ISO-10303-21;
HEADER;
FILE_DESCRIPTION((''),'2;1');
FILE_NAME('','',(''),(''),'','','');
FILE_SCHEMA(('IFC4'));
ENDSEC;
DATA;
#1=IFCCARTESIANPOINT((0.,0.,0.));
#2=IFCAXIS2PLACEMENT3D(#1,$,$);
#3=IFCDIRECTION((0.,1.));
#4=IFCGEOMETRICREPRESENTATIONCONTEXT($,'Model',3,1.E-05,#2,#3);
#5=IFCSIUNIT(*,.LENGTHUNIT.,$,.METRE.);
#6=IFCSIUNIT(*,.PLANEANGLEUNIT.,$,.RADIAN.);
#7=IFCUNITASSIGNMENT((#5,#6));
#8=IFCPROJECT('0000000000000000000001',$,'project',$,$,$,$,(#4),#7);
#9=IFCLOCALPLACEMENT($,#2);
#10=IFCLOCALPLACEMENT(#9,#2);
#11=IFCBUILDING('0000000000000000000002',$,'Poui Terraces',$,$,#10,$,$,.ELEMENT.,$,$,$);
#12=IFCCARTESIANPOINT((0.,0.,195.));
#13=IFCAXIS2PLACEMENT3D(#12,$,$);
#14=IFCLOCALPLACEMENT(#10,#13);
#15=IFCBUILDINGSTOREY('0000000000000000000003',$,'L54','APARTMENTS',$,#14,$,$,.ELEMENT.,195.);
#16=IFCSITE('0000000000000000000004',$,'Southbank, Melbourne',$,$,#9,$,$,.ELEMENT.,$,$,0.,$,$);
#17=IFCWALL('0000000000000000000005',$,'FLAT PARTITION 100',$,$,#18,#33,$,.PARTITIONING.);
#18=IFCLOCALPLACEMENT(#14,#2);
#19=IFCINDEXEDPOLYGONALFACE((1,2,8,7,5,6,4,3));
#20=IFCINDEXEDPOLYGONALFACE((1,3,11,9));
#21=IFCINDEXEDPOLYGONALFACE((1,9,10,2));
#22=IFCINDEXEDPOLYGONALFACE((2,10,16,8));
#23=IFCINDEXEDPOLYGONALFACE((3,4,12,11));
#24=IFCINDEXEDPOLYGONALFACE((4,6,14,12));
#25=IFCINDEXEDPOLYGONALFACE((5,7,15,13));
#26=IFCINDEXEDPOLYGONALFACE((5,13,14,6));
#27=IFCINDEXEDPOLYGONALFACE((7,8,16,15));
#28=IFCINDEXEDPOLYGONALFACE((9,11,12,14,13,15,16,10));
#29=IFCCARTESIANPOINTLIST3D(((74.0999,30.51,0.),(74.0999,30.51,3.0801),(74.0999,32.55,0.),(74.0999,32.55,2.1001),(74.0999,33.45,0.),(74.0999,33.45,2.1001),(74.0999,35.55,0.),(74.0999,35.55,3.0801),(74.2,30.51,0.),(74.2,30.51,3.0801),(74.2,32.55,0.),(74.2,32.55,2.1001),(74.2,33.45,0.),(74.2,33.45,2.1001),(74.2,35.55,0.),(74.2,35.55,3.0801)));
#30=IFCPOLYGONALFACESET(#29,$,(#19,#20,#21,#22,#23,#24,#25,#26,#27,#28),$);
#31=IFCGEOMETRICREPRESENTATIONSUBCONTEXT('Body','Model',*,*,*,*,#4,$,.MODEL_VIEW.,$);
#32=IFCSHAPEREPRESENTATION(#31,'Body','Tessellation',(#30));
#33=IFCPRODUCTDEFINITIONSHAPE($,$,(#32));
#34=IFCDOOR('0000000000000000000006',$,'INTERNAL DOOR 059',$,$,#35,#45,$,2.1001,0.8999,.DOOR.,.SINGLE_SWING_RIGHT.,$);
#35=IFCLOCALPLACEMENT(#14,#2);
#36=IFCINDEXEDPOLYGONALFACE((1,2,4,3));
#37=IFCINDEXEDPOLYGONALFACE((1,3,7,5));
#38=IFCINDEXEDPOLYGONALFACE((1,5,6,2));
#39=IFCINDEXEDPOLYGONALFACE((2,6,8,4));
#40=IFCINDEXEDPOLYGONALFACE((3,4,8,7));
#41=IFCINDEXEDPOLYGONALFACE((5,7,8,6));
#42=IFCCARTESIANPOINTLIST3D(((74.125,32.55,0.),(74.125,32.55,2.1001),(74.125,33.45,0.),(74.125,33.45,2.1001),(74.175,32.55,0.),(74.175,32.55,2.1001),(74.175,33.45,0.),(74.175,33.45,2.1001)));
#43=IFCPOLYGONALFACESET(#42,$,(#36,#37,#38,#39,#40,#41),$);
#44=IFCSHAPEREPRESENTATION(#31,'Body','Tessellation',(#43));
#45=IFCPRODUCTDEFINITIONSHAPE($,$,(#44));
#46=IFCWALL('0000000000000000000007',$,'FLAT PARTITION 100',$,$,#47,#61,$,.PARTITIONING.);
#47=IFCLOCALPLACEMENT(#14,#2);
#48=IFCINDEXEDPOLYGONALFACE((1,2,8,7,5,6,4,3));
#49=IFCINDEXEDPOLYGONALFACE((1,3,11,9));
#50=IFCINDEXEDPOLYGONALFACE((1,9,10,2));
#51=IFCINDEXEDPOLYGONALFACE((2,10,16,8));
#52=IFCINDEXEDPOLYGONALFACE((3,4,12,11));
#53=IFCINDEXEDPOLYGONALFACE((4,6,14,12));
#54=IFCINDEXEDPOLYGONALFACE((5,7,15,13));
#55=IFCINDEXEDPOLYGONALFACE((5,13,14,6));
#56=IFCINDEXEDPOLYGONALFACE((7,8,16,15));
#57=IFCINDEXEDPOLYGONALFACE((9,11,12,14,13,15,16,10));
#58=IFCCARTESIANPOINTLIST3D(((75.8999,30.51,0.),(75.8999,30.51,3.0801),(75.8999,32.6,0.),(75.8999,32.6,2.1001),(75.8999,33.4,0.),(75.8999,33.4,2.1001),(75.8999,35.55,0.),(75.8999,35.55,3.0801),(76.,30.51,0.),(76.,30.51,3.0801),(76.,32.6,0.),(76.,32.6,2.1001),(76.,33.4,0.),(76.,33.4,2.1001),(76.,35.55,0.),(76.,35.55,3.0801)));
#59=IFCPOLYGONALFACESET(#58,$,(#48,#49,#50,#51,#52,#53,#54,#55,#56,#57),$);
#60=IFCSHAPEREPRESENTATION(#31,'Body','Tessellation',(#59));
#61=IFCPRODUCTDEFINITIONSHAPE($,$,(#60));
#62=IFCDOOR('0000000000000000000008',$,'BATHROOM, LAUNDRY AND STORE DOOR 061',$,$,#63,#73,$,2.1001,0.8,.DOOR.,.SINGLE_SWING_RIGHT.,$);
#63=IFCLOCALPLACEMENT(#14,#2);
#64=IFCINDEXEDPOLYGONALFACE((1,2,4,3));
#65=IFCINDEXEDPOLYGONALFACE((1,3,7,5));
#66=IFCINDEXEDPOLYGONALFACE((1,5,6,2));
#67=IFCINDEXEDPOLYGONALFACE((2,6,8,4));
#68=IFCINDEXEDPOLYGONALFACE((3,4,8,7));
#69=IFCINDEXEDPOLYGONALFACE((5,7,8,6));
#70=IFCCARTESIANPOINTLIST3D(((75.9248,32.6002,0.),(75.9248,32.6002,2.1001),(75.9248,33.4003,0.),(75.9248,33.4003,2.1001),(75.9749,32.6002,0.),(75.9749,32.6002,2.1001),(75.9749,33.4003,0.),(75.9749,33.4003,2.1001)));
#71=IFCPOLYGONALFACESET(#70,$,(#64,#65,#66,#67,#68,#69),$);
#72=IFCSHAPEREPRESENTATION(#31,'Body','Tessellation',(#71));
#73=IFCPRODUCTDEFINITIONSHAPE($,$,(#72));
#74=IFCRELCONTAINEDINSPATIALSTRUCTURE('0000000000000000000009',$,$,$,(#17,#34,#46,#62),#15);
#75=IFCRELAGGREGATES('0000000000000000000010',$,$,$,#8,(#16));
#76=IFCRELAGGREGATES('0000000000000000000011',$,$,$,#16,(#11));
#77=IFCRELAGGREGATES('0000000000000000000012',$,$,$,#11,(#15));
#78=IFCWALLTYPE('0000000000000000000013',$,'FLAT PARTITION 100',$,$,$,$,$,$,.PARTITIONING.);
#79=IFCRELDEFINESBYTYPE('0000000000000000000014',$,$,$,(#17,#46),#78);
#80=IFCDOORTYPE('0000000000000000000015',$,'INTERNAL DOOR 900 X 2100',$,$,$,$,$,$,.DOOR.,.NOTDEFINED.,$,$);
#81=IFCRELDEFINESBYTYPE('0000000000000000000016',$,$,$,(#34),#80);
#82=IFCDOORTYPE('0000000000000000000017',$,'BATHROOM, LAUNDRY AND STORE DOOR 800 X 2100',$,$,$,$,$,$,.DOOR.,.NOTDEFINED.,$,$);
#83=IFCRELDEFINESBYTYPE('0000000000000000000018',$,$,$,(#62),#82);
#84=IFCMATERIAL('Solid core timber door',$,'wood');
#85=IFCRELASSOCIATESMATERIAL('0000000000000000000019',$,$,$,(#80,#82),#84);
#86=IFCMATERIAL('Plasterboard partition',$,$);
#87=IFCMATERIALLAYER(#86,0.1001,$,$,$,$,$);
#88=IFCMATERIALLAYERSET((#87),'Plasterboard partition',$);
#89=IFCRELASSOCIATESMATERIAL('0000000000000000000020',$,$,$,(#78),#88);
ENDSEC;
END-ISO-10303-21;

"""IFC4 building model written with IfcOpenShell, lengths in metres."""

from ifc_helpers import new_model, si_unit, direction, frame, frame_2d, origin, place, context, subcontext, project, spatial, rectangle, extrude, material, layer, layer_set, type_object, element, fill, save


model = new_model("IFC4")

# Units and contexts
model_context = context("Model", 3, precision=1e-05, world=origin(), true_north=direction((0.0, 1.0)))
body_context = subcontext(model_context, "Body", "Model", "MODEL_VIEW")
ifc_project = project(units=[si_unit("LENGTHUNIT", "METRE"), si_unit("PLANEANGLEUNIT", "RADIAN")], contexts=[model_context])

# Site, building, storey
site_placement = place(None, origin())
site = spatial("IfcSite", under=ifc_project, at=site_placement, Name="Southbank, Melbourne", CompositionType="ELEMENT", RefElevation=0.0)
building_placement = place(site_placement, origin())
building = spatial("IfcBuilding", under=site, at=building_placement, Name="Poui Terraces", CompositionType="ELEMENT")
storey_placement = place(building_placement, frame((0.0, 0.0, 195.0)))
storey = spatial("IfcBuildingStorey", under=building, at=storey_placement, Name="L54", Description="APARTMENTS", CompositionType="ELEMENT", Elevation=195.0)

# Shared definitions
ifc_material_1 = material(Name="Solid core timber door", Category="wood")
door_type_1 = type_object("IfcDoorType", Name="INTERNAL DOOR 900 X 2100", OperationType="NOTDEFINED", PredefinedType="DOOR", material=ifc_material_1)

# Shared definitions
ifc_material_2 = material(Name="Plasterboard partition")
ifc_layer_1 = layer(ifc_material_2, 0.1001)
ifc_layer_set_1 = layer_set([ifc_layer_1], Name="Plasterboard partition")
wall_type_1 = type_object("IfcWallType", Name="FLAT PARTITION 100", PredefinedType="PARTITIONING", material=ifc_layer_set_1)
door_type_2 = type_object("IfcDoorType", Name="BATHROOM, LAUNDRY AND STORE DOOR 800 X 2100", OperationType="NOTDEFINED", PredefinedType="DOOR", material=ifc_material_1)

# Walls, openings, doors
wall_1_placement = place(storey_placement, frame((74.1499, 30.51, 0.0), z_axis=(0.0, 0.0, 1.0), x_axis=(0.0, 1.0, 0.0)))
wall_1 = element("IfcWall", 1, at=wall_1_placement, inside=storey, type_object=wall_type_1, Name="FLAT PARTITION 100", PredefinedType="PARTITIONING", context=body_context, shape_type="SweptSolid", body=[
    extrude(rectangle(XDim=5.04, YDim=0.1001, at=frame_2d((2.52, 0.0))), origin(), (0.0, 0.0, 1.0), 3.0801),
])
opening_1_placement = place(wall_1_placement, frame((2.04, 0.0, 0.0)))
opening_1 = element("IfcOpeningElement", 2, at=opening_1_placement, cuts=wall_1, PredefinedType="OPENING", context=body_context, shape_type="SweptSolid", body=[
    extrude(rectangle(XDim=0.8999, YDim=2.1001, at=frame_2d((0.45, 1.05))), frame((0.0, 0.0601, 0.0), z_axis=(0.0, -1.0, 0.0), x_axis=(1.0, 0.0, 0.0)), (0.0, 0.0, 1.0), 0.1201),
])
door_1_placement = place(opening_1_placement, origin())
door_1 = element("IfcDoor", 3, at=door_1_placement, inside=storey, type_object=door_type_1, Name="INTERNAL DOOR 059", OperationType="SINGLE_SWING_RIGHT", OverallHeight=2.1001, OverallWidth=0.8999, PredefinedType="DOOR", context=body_context, shape_type="SweptSolid", body=[
    extrude(rectangle(XDim=0.8999, YDim=2.1001, at=frame_2d((0.45, 1.05))), frame((0.0, 0.0249, 0.0), z_axis=(0.0, -1.0, 0.0), x_axis=(1.0, 0.0, 0.0)), (0.0, 0.0, 1.0), 0.05),
])
fill(opening_1, door_1)
wall_2_placement = place(storey_placement, frame((75.95, 30.51, 0.0), z_axis=(0.0, 0.0, 1.0), x_axis=(0.0, 1.0, 0.0)))
wall_2 = element("IfcWall", 4, at=wall_2_placement, inside=storey, type_object=wall_type_1, Name="FLAT PARTITION 100", PredefinedType="PARTITIONING", context=body_context, shape_type="SweptSolid", body=[
    extrude(rectangle(XDim=5.04, YDim=0.1001, at=frame_2d((2.52, 0.0))), origin(), (0.0, 0.0, 1.0), 3.0801),
])
opening_2_placement = place(wall_2_placement, frame((2.0901, 0.0, 0.0)))
opening_2 = element("IfcOpeningElement", 5, at=opening_2_placement, cuts=wall_2, PredefinedType="OPENING", context=body_context, shape_type="SweptSolid", body=[
    extrude(rectangle(XDim=0.8, YDim=2.1001, at=frame_2d((0.3999, 1.05))), frame((0.0, 0.0601, 0.0), z_axis=(0.0, -1.0, 0.0), x_axis=(1.0, 0.0, 0.0)), (0.0, 0.0, 1.0), 0.1201),
])
door_2_placement = place(opening_2_placement, frame((0.8, 0.0, 0.0), z_axis=(0.0, 0.0, 1.0), x_axis=(-1.0, 0.0, 0.0)))
door_2 = element("IfcDoor", 6, at=door_2_placement, inside=storey, type_object=door_type_2, Name="BATHROOM, LAUNDRY AND STORE DOOR 061", OperationType="SINGLE_SWING_RIGHT", OverallHeight=2.1001, OverallWidth=0.8, PredefinedType="DOOR", context=body_context, shape_type="SweptSolid", body=[
    extrude(rectangle(XDim=0.8, YDim=2.1001, at=frame_2d((0.3999, 1.05))), frame((0.0, 0.0249, 0.0), z_axis=(0.0, -1.0, 0.0), x_axis=(1.0, 0.0, 0.0)), (0.0, 0.0, 1.0), 0.05),
])
fill(opening_2, door_2)

save(model, "model.ifc")
